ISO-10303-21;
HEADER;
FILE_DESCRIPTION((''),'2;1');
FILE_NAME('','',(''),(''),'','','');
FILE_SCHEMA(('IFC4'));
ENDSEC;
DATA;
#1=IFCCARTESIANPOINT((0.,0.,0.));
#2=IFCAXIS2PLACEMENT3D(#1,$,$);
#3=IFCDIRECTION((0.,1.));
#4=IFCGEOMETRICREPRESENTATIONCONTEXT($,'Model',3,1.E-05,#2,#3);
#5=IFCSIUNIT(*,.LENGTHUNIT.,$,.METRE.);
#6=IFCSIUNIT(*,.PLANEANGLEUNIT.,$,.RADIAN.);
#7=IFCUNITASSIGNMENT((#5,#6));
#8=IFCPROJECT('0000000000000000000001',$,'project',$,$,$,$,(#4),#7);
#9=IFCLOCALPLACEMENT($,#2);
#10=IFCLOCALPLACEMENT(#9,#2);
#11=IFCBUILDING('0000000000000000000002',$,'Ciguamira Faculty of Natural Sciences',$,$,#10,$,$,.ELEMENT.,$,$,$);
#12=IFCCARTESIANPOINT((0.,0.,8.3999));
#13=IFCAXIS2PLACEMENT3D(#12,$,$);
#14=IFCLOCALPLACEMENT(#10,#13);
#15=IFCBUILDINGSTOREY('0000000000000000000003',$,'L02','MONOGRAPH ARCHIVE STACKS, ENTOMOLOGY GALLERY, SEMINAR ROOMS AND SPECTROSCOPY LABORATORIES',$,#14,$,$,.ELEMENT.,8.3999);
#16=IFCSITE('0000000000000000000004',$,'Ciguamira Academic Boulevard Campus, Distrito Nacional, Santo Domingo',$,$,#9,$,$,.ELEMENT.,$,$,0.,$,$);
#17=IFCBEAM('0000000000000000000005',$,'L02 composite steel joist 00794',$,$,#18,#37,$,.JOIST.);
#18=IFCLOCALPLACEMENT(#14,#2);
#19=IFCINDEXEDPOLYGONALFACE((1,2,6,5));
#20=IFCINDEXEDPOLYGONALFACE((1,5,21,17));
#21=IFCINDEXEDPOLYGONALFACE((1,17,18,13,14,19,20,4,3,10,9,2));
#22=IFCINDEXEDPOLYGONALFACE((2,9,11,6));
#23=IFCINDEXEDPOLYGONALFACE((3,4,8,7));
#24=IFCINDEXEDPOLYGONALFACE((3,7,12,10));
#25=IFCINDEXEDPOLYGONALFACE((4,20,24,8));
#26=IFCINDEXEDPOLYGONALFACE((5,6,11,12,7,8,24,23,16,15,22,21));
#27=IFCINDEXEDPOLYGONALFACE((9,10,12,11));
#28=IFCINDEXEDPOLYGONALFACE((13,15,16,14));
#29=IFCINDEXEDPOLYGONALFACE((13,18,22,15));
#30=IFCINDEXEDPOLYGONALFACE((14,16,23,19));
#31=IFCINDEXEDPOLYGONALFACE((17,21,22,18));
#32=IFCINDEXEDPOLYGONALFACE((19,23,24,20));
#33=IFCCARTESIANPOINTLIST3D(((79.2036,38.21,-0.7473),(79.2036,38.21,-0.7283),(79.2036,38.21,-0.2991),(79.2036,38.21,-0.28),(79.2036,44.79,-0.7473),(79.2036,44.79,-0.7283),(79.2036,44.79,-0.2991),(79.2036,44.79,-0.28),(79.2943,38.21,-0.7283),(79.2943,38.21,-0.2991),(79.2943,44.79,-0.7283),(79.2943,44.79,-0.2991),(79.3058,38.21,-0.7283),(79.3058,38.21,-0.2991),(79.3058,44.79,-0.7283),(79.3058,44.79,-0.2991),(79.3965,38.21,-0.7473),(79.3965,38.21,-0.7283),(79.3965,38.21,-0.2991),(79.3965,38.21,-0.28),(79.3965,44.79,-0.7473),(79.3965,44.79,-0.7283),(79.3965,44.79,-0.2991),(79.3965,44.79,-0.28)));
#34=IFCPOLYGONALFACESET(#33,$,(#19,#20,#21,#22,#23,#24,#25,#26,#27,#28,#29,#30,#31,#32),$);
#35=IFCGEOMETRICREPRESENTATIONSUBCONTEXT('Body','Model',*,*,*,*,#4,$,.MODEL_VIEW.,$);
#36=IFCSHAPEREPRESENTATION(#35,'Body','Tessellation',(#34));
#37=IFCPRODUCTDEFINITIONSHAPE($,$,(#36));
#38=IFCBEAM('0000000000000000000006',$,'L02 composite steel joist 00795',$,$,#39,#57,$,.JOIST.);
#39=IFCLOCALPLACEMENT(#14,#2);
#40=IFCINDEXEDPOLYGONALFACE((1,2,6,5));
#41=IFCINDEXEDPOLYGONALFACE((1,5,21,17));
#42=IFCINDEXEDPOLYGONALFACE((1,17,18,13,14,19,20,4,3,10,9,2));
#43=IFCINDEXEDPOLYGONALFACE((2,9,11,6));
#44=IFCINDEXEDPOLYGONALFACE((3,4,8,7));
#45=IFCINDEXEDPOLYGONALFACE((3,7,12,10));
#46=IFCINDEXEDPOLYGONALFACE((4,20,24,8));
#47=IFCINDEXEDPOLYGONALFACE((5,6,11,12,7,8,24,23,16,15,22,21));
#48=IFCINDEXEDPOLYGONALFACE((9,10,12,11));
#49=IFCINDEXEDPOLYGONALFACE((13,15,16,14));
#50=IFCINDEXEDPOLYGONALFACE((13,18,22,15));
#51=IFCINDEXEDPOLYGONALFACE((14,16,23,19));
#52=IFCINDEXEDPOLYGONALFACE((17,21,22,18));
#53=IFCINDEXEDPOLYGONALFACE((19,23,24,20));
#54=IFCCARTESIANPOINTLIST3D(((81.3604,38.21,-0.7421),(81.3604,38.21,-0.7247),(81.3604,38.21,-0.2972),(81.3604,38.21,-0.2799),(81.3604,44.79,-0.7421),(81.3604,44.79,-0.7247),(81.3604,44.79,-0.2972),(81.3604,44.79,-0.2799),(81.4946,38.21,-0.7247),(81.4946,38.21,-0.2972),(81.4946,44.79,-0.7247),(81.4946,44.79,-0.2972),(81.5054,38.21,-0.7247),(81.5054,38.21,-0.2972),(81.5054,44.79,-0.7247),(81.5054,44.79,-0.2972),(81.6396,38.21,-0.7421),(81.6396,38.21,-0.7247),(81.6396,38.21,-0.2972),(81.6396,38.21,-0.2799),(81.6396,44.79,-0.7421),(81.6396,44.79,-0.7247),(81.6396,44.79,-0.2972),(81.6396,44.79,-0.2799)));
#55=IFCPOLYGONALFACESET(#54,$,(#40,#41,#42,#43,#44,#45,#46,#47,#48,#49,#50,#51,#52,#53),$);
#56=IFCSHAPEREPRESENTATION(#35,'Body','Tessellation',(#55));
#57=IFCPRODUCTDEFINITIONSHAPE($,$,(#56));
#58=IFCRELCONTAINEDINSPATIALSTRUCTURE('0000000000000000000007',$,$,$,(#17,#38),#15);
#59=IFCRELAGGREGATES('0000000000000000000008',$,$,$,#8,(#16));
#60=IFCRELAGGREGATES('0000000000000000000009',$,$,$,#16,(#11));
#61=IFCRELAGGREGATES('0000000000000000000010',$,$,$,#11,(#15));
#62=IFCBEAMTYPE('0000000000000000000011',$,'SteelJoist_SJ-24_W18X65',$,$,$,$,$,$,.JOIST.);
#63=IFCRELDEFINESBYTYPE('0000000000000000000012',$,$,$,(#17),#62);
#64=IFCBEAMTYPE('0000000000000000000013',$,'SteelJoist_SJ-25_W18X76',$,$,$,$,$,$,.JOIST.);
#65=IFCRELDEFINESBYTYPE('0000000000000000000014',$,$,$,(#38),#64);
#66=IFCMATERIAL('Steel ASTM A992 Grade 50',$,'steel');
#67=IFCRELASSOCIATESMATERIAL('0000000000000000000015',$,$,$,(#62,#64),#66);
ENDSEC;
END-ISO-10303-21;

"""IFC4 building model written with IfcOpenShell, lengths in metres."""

from ifc_helpers import new_model, si_unit, direction, frame, origin, origin_2d, place, context, subcontext, project, spatial, i_section, extrude, material, material_profile, profile_set, type_object, element, save


model = new_model("IFC4")

# Units and contexts
model_context = context("Model", 3, precision=1e-05, world=origin(), true_north=direction((0.0, 1.0)))
body_context = subcontext(model_context, "Body", "Model", "MODEL_VIEW")
ifc_project = project(units=[si_unit("LENGTHUNIT", "METRE"), si_unit("PLANEANGLEUNIT", "RADIAN")], contexts=[model_context])

# Site, building, storey
site_placement = place(None, origin())
site = spatial("IfcSite", under=ifc_project, at=site_placement, Name="Ciguamira Academic Boulevard Campus, Distrito Nacional, Santo Domingo", CompositionType="ELEMENT", RefElevation=0.0)
building_placement = place(site_placement, origin())
building = spatial("IfcBuilding", under=site, at=building_placement, Name="Ciguamira Faculty of Natural Sciences", CompositionType="ELEMENT")
storey_placement = place(building_placement, frame((0.0, 0.0, 8.3999)))
storey = spatial("IfcBuildingStorey", under=building, at=storey_placement, Name="L02", Description="MONOGRAPH ARCHIVE STACKS, ENTOMOLOGY GALLERY, SEMINAR ROOMS AND SPECTROSCOPY LABORATORIES", CompositionType="ELEMENT", Elevation=8.3999)

# Beams
ifc_material_1 = material(Name="Steel ASTM A992 Grade 50", Category="steel")
ifc_material_profile_1 = material_profile(ifc_material_1, i_section(OverallWidth=0.1929, OverallDepth=0.4673, WebThickness=0.0115, FlangeThickness=0.019, at=origin_2d()), Name="W18X65")
ifc_profile_set_1 = profile_set([ifc_material_profile_1], Name="Steel ASTM A992 Grade 50")
beam_type_1 = type_object("IfcBeamType", Name="SteelJoist_SJ-24_W18X65", PredefinedType="JOIST", material=ifc_profile_set_1)
beam_1_placement = place(storey_placement, frame((79.3, 38.21, -0.5137), z_axis=(0.0, 1.0, 0.0), x_axis=(-1.0, 0.0, 0.0)))
element("IfcBeam", 1, at=beam_1_placement, inside=storey, type_object=beam_type_1, Name="L02 composite steel joist 00794", PredefinedType="JOIST", context=body_context, shape_type="SweptSolid", body=[
    extrude(i_section(OverallWidth=0.1929, OverallDepth=0.4673, WebThickness=0.0115, FlangeThickness=0.019, at=origin_2d()), origin(), (0.0, 0.0, 1.0), 6.5801),
])
ifc_material_profile_2 = material_profile(ifc_material_1, i_section(OverallWidth=0.2793, OverallDepth=0.4622, WebThickness=0.0107, FlangeThickness=0.0173, at=origin_2d()), Name="W18X76")
ifc_profile_set_2 = profile_set([ifc_material_profile_2], Name="Steel ASTM A992 Grade 50")
beam_type_2 = type_object("IfcBeamType", Name="SteelJoist_SJ-25_W18X76", PredefinedType="JOIST", material=ifc_profile_set_2)
beam_2_placement = place(storey_placement, frame((81.5, 38.21, -0.511), z_axis=(0.0, 1.0, 0.0), x_axis=(-1.0, 0.0, 0.0)))
element("IfcBeam", 2, at=beam_2_placement, inside=storey, type_object=beam_type_2, Name="L02 composite steel joist 00795", PredefinedType="JOIST", context=body_context, shape_type="SweptSolid", body=[
    extrude(i_section(OverallWidth=0.2793, OverallDepth=0.4622, WebThickness=0.0107, FlangeThickness=0.0173, at=origin_2d()), origin(), (0.0, 0.0, 1.0), 6.5801),
])

save(model, "model.ifc")
